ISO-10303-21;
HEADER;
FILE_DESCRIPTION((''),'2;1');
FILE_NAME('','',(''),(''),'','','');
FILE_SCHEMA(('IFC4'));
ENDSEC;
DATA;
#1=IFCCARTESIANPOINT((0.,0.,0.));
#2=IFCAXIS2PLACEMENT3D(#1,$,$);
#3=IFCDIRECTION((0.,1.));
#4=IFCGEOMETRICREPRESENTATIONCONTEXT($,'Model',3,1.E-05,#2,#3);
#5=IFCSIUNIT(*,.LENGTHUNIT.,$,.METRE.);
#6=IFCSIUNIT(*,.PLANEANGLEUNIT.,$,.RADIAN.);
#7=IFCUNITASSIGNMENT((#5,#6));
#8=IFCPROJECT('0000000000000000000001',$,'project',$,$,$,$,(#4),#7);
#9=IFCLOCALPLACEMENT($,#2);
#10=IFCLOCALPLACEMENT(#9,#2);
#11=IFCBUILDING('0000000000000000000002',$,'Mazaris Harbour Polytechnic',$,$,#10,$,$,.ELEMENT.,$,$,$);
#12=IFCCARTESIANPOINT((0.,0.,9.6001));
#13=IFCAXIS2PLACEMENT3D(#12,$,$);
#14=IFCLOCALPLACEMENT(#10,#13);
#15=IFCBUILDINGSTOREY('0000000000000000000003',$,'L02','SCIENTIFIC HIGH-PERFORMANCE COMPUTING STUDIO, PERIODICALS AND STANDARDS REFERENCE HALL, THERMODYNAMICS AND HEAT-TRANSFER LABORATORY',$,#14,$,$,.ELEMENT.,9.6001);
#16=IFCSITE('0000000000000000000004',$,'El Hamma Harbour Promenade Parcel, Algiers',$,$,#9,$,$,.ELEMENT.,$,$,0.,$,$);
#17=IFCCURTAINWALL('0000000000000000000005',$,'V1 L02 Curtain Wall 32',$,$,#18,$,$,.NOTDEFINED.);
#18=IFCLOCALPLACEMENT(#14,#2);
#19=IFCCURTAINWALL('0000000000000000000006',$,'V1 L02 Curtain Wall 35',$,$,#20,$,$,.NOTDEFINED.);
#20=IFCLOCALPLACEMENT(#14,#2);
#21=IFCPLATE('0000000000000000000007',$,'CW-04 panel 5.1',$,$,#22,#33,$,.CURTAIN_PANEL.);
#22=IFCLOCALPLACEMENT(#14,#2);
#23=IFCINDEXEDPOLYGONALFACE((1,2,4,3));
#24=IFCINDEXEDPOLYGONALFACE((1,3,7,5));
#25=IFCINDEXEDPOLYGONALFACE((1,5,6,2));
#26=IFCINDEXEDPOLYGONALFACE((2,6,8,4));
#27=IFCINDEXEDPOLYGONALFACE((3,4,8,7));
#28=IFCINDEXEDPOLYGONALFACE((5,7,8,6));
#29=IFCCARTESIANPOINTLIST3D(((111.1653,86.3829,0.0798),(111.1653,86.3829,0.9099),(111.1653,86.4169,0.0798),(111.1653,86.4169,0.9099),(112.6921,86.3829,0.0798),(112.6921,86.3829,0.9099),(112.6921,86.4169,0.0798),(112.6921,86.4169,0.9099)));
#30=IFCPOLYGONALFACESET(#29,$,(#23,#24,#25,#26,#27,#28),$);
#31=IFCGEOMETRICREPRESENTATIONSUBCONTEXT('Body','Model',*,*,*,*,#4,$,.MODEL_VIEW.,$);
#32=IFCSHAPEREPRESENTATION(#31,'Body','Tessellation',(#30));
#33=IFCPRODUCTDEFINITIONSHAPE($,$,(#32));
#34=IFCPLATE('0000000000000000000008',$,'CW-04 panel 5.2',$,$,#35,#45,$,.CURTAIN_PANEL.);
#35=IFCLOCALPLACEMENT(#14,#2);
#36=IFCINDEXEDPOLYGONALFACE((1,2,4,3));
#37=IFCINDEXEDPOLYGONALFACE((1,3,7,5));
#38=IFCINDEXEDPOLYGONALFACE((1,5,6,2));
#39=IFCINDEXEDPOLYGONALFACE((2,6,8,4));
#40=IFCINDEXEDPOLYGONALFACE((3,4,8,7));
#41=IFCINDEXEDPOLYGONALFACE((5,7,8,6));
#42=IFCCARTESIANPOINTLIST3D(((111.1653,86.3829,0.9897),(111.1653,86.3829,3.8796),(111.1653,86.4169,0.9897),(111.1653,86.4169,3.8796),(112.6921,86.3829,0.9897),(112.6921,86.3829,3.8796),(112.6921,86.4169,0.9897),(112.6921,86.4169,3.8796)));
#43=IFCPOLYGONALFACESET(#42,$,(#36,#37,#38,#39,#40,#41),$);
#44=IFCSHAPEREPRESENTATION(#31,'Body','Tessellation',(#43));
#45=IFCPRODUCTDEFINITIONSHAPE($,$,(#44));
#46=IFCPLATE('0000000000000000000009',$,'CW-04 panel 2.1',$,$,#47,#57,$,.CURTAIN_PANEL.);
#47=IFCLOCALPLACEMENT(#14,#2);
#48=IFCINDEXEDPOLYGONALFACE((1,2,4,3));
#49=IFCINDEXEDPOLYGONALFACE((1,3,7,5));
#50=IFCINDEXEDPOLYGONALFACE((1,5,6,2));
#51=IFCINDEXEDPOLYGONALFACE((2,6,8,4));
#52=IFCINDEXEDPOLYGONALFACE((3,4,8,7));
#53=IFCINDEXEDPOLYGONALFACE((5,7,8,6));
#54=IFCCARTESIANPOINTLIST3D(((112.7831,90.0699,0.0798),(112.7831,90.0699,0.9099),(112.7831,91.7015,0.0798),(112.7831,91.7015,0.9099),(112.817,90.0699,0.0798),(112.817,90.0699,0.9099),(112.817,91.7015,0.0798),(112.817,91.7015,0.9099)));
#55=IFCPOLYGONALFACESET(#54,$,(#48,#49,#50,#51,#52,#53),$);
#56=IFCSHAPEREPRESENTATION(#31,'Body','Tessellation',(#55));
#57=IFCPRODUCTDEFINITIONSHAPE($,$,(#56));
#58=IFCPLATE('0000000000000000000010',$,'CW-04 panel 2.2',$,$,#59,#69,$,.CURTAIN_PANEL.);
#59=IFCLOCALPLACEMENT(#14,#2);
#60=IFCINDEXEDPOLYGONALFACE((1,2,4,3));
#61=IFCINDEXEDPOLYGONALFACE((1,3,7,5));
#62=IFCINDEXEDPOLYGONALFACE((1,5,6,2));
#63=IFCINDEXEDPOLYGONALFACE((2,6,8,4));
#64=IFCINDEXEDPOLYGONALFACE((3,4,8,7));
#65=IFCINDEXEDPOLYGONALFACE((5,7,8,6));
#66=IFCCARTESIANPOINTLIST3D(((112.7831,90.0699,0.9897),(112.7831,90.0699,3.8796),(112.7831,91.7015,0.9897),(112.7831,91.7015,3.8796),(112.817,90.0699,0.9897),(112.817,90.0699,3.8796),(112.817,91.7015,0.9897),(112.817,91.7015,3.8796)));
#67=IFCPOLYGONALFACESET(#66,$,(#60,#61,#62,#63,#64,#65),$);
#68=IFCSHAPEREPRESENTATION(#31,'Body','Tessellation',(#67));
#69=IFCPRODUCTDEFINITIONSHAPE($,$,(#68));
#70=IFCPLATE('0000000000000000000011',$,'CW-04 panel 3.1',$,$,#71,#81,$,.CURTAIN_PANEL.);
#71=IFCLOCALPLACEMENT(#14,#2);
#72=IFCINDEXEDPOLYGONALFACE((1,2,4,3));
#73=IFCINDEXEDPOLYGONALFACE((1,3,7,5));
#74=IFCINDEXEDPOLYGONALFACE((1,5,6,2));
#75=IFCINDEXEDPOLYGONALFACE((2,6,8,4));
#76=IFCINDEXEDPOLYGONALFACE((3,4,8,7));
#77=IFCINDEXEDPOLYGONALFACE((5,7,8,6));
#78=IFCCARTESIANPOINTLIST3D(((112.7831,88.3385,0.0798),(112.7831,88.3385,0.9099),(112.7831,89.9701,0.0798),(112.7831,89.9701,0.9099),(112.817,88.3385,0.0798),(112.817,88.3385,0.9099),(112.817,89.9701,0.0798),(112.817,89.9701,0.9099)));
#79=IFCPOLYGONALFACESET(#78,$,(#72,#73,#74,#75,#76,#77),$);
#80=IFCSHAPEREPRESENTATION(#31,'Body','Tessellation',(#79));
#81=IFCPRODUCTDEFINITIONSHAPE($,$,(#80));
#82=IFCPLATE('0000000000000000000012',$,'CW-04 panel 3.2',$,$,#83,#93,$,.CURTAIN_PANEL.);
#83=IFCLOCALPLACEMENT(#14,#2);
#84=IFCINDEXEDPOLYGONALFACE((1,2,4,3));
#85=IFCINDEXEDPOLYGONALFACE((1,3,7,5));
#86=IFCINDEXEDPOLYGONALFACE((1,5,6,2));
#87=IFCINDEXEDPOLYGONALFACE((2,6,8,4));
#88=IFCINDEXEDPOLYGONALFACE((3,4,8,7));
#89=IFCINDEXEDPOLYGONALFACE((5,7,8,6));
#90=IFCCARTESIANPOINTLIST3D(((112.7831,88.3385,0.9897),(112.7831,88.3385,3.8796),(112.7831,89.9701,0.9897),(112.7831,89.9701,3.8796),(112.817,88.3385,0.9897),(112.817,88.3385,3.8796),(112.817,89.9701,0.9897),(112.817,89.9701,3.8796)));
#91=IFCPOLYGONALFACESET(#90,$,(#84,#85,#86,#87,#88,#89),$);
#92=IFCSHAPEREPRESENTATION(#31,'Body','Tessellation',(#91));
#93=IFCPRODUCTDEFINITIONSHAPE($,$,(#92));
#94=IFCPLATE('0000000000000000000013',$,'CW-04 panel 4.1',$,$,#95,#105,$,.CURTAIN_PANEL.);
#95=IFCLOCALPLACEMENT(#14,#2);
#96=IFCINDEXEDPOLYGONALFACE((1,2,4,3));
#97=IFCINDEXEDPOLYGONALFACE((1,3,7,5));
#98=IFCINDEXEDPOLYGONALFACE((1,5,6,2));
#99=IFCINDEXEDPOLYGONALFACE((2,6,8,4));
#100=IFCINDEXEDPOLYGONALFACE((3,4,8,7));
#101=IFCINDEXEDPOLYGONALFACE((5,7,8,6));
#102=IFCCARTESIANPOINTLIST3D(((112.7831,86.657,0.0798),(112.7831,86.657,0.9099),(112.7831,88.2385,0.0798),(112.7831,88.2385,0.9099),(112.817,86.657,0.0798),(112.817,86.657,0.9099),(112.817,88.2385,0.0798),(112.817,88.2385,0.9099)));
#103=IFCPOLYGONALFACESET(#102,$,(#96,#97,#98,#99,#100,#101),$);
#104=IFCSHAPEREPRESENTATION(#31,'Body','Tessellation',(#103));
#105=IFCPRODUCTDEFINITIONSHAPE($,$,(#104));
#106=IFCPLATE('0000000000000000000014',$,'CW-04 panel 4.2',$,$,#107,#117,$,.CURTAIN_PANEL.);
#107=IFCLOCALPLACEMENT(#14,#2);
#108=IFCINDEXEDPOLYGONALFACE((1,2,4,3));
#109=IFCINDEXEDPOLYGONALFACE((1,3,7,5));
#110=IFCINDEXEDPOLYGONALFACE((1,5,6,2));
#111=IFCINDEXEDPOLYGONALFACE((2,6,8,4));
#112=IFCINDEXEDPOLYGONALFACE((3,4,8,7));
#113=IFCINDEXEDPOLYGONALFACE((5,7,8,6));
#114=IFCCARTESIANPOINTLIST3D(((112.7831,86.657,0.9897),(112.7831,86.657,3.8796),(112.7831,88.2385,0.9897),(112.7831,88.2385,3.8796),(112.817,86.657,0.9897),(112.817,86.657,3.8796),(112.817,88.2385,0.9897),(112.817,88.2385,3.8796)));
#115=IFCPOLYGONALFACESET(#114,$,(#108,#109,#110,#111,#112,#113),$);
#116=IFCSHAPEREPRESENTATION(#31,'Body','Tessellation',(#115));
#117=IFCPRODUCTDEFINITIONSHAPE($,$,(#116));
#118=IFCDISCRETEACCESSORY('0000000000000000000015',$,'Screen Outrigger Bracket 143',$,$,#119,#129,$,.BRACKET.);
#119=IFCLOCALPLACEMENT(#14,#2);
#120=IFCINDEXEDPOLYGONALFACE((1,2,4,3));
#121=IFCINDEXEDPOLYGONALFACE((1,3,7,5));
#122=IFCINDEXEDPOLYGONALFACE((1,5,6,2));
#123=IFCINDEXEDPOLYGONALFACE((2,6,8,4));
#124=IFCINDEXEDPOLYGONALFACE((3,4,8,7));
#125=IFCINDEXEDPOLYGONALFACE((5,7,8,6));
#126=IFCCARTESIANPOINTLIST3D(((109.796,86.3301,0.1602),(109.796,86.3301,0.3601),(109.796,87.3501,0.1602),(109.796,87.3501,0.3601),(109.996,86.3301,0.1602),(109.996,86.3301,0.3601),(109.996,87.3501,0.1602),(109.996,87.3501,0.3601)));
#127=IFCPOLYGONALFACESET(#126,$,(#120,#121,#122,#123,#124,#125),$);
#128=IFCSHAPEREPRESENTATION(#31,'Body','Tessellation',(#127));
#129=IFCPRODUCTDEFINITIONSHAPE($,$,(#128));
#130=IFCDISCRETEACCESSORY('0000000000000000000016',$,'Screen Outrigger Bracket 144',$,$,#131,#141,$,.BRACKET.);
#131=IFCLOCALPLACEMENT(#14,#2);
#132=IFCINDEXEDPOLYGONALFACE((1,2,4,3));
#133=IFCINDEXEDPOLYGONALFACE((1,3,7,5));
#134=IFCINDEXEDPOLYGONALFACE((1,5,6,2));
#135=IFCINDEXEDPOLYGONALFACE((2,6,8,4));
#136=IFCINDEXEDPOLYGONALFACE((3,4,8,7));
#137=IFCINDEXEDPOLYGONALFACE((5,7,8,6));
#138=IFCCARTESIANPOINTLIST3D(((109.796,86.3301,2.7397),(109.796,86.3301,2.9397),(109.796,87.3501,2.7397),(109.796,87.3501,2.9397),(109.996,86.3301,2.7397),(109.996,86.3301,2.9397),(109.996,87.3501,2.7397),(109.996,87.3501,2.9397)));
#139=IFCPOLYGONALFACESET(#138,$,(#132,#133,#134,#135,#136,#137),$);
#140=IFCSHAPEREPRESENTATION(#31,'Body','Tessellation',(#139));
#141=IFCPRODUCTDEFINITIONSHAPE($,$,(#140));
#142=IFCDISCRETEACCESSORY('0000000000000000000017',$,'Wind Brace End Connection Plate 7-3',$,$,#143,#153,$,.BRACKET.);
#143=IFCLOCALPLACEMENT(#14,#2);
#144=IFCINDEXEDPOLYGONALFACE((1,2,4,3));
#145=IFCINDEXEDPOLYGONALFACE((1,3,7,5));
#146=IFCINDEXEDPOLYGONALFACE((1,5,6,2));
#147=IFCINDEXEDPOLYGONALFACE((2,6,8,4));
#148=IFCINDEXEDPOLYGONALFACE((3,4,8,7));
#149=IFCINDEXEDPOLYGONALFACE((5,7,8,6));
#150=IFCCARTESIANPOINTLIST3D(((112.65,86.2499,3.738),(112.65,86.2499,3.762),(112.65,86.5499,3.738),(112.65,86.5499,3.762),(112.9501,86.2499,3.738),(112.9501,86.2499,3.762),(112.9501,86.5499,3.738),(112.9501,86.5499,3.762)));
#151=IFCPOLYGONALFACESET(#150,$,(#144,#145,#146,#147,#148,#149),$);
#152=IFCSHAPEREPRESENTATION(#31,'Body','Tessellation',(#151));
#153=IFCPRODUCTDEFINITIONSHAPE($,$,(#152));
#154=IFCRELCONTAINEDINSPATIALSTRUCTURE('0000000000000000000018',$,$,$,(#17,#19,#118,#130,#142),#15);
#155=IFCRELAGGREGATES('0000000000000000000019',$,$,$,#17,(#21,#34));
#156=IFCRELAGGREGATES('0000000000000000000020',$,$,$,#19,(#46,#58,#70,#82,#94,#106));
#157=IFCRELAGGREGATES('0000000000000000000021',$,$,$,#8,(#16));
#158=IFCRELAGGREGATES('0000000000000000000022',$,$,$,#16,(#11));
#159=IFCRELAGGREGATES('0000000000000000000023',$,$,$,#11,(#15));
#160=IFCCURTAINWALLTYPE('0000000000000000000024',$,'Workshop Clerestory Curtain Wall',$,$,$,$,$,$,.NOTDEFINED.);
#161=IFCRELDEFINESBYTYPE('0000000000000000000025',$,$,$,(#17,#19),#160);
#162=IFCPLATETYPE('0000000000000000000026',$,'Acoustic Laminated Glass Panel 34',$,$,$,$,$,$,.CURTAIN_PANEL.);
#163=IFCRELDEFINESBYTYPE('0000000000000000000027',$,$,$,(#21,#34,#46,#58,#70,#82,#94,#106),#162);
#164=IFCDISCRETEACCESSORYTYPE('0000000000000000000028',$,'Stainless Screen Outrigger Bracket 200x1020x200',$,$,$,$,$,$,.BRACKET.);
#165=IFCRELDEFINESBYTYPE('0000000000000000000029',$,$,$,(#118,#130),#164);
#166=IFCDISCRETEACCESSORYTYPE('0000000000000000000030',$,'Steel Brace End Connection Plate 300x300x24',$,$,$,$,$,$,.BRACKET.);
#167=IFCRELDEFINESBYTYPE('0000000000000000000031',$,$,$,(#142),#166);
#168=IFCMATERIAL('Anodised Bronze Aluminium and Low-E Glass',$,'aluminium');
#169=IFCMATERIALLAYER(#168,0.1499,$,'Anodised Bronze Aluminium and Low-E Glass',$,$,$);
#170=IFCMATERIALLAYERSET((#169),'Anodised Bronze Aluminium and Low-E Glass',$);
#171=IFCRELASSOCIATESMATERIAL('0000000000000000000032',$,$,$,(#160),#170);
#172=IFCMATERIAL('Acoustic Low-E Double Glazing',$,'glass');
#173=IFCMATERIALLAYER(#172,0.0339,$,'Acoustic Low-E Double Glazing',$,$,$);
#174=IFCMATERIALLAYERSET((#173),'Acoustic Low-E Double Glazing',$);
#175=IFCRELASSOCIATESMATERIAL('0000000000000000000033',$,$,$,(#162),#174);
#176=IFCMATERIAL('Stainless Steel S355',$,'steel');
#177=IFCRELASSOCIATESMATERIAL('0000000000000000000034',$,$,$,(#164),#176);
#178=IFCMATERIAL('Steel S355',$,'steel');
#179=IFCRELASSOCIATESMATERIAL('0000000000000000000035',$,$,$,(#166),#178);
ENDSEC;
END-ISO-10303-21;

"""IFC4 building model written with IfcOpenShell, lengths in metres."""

from ifc_helpers import new_model, si_unit, direction, frame, origin, origin_2d, place, context, subcontext, project, spatial, rectangle, extrude, material, layer, layer_set, type_object, element, aggregate, save


model = new_model("IFC4")

# Units and contexts
model_context = context("Model", 3, precision=1e-05, world=origin(), true_north=direction((0.0, 1.0)))
body_context = subcontext(model_context, "Body", "Model", "MODEL_VIEW")
ifc_project = project(units=[si_unit("LENGTHUNIT", "METRE"), si_unit("PLANEANGLEUNIT", "RADIAN")], contexts=[model_context])

# Site, building, storey
site_placement = place(None, origin())
site = spatial("IfcSite", under=ifc_project, at=site_placement, Name="El Hamma Harbour Promenade Parcel, Algiers", CompositionType="ELEMENT", RefElevation=0.0)
building_placement = place(site_placement, origin())
building = spatial("IfcBuilding", under=site, at=building_placement, Name="Mazaris Harbour Polytechnic", CompositionType="ELEMENT")
storey_placement = place(building_placement, frame((0.0, 0.0, 9.6001)))
storey = spatial("IfcBuildingStorey", under=building, at=storey_placement, Name="L02", Description="SCIENTIFIC HIGH-PERFORMANCE COMPUTING STUDIO, PERIODICALS AND STANDARDS REFERENCE HALL, THERMODYNAMICS AND HEAT-TRANSFER LABORATORY", CompositionType="ELEMENT", Elevation=9.6001)

# Curtain walls
ifc_material_1 = material(Name="Anodised Bronze Aluminium and Low-E Glass", Category="aluminium")
ifc_layer_1 = layer(ifc_material_1, 0.1499, Name="Anodised Bronze Aluminium and Low-E Glass")
ifc_layer_set_1 = layer_set([ifc_layer_1], Name="Anodised Bronze Aluminium and Low-E Glass")
curtain_wall_type = type_object("IfcCurtainWallType", Name="Workshop Clerestory Curtain Wall", PredefinedType="NOTDEFINED", material=ifc_layer_set_1)
curtain_wall_1_placement = place(storey_placement, origin())
curtain_wall_1 = element("IfcCurtainWall", 1, at=curtain_wall_1_placement, inside=storey, type_object=curtain_wall_type, Name="V1 L02 Curtain Wall 32", PredefinedType="NOTDEFINED")
curtain_wall_2_placement = place(storey_placement, origin())
curtain_wall_2 = element("IfcCurtainWall", 2, at=curtain_wall_2_placement, inside=storey, type_object=curtain_wall_type, Name="V1 L02 Curtain Wall 35", PredefinedType="NOTDEFINED")

# Plates
ifc_material_2 = material(Name="Acoustic Low-E Double Glazing", Category="glass")
ifc_layer_2 = layer(ifc_material_2, 0.0339, Name="Acoustic Low-E Double Glazing")
ifc_layer_set_2 = layer_set([ifc_layer_2], Name="Acoustic Low-E Double Glazing")
plate_type = type_object("IfcPlateType", Name="Acoustic Laminated Glass Panel 34", PredefinedType="CURTAIN_PANEL", material=ifc_layer_set_2)
plate_1_placement = place(storey_placement, frame((111.9287, 86.3999, 0.0798), z_axis=(0.0, 0.0, 1.0), x_axis=(1.0, 0.0, 0.0)))
plate_1 = element("IfcPlate", 3, at=plate_1_placement, type_object=plate_type, Name="CW-04 panel 5.1", PredefinedType="CURTAIN_PANEL", context=body_context, shape_type="SweptSolid", body=[
    extrude(rectangle(XDim=1.5269, YDim=0.0339, at=origin_2d()), origin(), (0.0, 0.0, 1.0), 0.8301),
])
plate_2_placement = place(storey_placement, frame((111.9287, 86.3999, 0.9897), z_axis=(0.0, 0.0, 1.0), x_axis=(1.0, 0.0, 0.0)))
plate_2 = element("IfcPlate", 4, at=plate_2_placement, type_object=plate_type, Name="CW-04 panel 5.2", PredefinedType="CURTAIN_PANEL", context=body_context, shape_type="SweptSolid", body=[
    extrude(rectangle(XDim=1.5269, YDim=0.0339, at=origin_2d()), origin(), (0.0, 0.0, 1.0), 2.8899),
])
aggregate(curtain_wall_1, [plate_1, plate_2])
plate_3_placement = place(storey_placement, frame((112.8, 90.8857, 0.0798), z_axis=(0.0, 0.0, 1.0), x_axis=(0.0, -1.0, 0.0)))
plate_3 = element("IfcPlate", 5, at=plate_3_placement, type_object=plate_type, Name="CW-04 panel 2.1", PredefinedType="CURTAIN_PANEL", context=body_context, shape_type="SweptSolid", body=[
    extrude(rectangle(XDim=1.6316, YDim=0.0339, at=origin_2d()), origin(), (0.0, 0.0, 1.0), 0.8301),
])
plate_4_placement = place(storey_placement, frame((112.8, 90.8857, 0.9897), z_axis=(0.0, 0.0, 1.0), x_axis=(0.0, -1.0, 0.0)))
plate_4 = element("IfcPlate", 6, at=plate_4_placement, type_object=plate_type, Name="CW-04 panel 2.2", PredefinedType="CURTAIN_PANEL", context=body_context, shape_type="SweptSolid", body=[
    extrude(rectangle(XDim=1.6316, YDim=0.0339, at=origin_2d()), origin(), (0.0, 0.0, 1.0), 2.8899),
])
plate_5_placement = place(storey_placement, frame((112.8, 89.1543, 0.0798), z_axis=(0.0, 0.0, 1.0), x_axis=(0.0, -1.0, 0.0)))
plate_5 = element("IfcPlate", 7, at=plate_5_placement, type_object=plate_type, Name="CW-04 panel 3.1", PredefinedType="CURTAIN_PANEL", context=body_context, shape_type="SweptSolid", body=[
    extrude(rectangle(XDim=1.6316, YDim=0.0339, at=origin_2d()), origin(), (0.0, 0.0, 1.0), 0.8301),
])
plate_6_placement = place(storey_placement, frame((112.8, 89.1543, 0.9897), z_axis=(0.0, 0.0, 1.0), x_axis=(0.0, -1.0, 0.0)))
plate_6 = element("IfcPlate", 8, at=plate_6_placement, type_object=plate_type, Name="CW-04 panel 3.2", PredefinedType="CURTAIN_PANEL", context=body_context, shape_type="SweptSolid", body=[
    extrude(rectangle(XDim=1.6316, YDim=0.0339, at=origin_2d()), origin(), (0.0, 0.0, 1.0), 2.8899),
])
plate_7_placement = place(storey_placement, frame((112.8, 87.4478, 0.0798), z_axis=(0.0, 0.0, 1.0), x_axis=(0.0, -1.0, 0.0)))
plate_7 = element("IfcPlate", 9, at=plate_7_placement, type_object=plate_type, Name="CW-04 panel 4.1", PredefinedType="CURTAIN_PANEL", context=body_context, shape_type="SweptSolid", body=[
    extrude(rectangle(XDim=1.5815, YDim=0.0339, at=origin_2d()), origin(), (0.0, 0.0, 1.0), 0.8301),
])
plate_8_placement = place(storey_placement, frame((112.8, 87.4478, 0.9897), z_axis=(0.0, 0.0, 1.0), x_axis=(0.0, -1.0, 0.0)))
plate_8 = element("IfcPlate", 10, at=plate_8_placement, type_object=plate_type, Name="CW-04 panel 4.2", PredefinedType="CURTAIN_PANEL", context=body_context, shape_type="SweptSolid", body=[
    extrude(rectangle(XDim=1.5815, YDim=0.0339, at=origin_2d()), origin(), (0.0, 0.0, 1.0), 2.8899),
])
aggregate(curtain_wall_2, [plate_3, plate_4, plate_5, plate_6, plate_7, plate_8])

# Discrete accessories
ifc_material_3 = material(Name="Stainless Steel S355", Category="steel")
discrete_accessory_type_1 = type_object("IfcDiscreteAccessoryType", Name="Stainless Screen Outrigger Bracket 200x1020x200", PredefinedType="BRACKET", material=ifc_material_3)
for number, where, z_axis, x_axis, name in (
    (11, (109.896, 86.8401, 0.1602), (0.0, 0.0, 1.0), (1.0, 0.0, 0.0), "Screen Outrigger Bracket 143"),
    (12, (109.896, 86.8401, 2.7397), (0.0, 0.0, 1.0), (1.0, 0.0, 0.0), "Screen Outrigger Bracket 144"),
):
    element("IfcDiscreteAccessory", number, at=place(storey_placement, frame(where, z_axis=z_axis, x_axis=x_axis)), inside=storey, type_object=discrete_accessory_type_1, Name=name, PredefinedType="BRACKET", context=body_context, shape_type="SweptSolid", body=[
        extrude(rectangle(XDim=0.2, YDim=1.02, at=origin_2d()), origin(), (0.0, 0.0, 1.0), 0.2),
    ])
ifc_material_4 = material(Name="Steel S355", Category="steel")
discrete_accessory_type_2 = type_object("IfcDiscreteAccessoryType", Name="Steel Brace End Connection Plate 300x300x24", PredefinedType="BRACKET", material=ifc_material_4)
discrete_accessory_placement = place(storey_placement, frame((112.8, 86.3999, 3.738), z_axis=(0.0, 0.0, 1.0), x_axis=(1.0, 0.0, 0.0)))
element("IfcDiscreteAccessory", 13, at=discrete_accessory_placement, inside=storey, type_object=discrete_accessory_type_2, Name="Wind Brace End Connection Plate 7-3", PredefinedType="BRACKET", context=body_context, shape_type="SweptSolid", body=[
    extrude(rectangle(XDim=0.3, YDim=0.3, at=origin_2d()), origin(), (0.0, 0.0, 1.0), 0.0239),
])

save(model, "model.ifc")
